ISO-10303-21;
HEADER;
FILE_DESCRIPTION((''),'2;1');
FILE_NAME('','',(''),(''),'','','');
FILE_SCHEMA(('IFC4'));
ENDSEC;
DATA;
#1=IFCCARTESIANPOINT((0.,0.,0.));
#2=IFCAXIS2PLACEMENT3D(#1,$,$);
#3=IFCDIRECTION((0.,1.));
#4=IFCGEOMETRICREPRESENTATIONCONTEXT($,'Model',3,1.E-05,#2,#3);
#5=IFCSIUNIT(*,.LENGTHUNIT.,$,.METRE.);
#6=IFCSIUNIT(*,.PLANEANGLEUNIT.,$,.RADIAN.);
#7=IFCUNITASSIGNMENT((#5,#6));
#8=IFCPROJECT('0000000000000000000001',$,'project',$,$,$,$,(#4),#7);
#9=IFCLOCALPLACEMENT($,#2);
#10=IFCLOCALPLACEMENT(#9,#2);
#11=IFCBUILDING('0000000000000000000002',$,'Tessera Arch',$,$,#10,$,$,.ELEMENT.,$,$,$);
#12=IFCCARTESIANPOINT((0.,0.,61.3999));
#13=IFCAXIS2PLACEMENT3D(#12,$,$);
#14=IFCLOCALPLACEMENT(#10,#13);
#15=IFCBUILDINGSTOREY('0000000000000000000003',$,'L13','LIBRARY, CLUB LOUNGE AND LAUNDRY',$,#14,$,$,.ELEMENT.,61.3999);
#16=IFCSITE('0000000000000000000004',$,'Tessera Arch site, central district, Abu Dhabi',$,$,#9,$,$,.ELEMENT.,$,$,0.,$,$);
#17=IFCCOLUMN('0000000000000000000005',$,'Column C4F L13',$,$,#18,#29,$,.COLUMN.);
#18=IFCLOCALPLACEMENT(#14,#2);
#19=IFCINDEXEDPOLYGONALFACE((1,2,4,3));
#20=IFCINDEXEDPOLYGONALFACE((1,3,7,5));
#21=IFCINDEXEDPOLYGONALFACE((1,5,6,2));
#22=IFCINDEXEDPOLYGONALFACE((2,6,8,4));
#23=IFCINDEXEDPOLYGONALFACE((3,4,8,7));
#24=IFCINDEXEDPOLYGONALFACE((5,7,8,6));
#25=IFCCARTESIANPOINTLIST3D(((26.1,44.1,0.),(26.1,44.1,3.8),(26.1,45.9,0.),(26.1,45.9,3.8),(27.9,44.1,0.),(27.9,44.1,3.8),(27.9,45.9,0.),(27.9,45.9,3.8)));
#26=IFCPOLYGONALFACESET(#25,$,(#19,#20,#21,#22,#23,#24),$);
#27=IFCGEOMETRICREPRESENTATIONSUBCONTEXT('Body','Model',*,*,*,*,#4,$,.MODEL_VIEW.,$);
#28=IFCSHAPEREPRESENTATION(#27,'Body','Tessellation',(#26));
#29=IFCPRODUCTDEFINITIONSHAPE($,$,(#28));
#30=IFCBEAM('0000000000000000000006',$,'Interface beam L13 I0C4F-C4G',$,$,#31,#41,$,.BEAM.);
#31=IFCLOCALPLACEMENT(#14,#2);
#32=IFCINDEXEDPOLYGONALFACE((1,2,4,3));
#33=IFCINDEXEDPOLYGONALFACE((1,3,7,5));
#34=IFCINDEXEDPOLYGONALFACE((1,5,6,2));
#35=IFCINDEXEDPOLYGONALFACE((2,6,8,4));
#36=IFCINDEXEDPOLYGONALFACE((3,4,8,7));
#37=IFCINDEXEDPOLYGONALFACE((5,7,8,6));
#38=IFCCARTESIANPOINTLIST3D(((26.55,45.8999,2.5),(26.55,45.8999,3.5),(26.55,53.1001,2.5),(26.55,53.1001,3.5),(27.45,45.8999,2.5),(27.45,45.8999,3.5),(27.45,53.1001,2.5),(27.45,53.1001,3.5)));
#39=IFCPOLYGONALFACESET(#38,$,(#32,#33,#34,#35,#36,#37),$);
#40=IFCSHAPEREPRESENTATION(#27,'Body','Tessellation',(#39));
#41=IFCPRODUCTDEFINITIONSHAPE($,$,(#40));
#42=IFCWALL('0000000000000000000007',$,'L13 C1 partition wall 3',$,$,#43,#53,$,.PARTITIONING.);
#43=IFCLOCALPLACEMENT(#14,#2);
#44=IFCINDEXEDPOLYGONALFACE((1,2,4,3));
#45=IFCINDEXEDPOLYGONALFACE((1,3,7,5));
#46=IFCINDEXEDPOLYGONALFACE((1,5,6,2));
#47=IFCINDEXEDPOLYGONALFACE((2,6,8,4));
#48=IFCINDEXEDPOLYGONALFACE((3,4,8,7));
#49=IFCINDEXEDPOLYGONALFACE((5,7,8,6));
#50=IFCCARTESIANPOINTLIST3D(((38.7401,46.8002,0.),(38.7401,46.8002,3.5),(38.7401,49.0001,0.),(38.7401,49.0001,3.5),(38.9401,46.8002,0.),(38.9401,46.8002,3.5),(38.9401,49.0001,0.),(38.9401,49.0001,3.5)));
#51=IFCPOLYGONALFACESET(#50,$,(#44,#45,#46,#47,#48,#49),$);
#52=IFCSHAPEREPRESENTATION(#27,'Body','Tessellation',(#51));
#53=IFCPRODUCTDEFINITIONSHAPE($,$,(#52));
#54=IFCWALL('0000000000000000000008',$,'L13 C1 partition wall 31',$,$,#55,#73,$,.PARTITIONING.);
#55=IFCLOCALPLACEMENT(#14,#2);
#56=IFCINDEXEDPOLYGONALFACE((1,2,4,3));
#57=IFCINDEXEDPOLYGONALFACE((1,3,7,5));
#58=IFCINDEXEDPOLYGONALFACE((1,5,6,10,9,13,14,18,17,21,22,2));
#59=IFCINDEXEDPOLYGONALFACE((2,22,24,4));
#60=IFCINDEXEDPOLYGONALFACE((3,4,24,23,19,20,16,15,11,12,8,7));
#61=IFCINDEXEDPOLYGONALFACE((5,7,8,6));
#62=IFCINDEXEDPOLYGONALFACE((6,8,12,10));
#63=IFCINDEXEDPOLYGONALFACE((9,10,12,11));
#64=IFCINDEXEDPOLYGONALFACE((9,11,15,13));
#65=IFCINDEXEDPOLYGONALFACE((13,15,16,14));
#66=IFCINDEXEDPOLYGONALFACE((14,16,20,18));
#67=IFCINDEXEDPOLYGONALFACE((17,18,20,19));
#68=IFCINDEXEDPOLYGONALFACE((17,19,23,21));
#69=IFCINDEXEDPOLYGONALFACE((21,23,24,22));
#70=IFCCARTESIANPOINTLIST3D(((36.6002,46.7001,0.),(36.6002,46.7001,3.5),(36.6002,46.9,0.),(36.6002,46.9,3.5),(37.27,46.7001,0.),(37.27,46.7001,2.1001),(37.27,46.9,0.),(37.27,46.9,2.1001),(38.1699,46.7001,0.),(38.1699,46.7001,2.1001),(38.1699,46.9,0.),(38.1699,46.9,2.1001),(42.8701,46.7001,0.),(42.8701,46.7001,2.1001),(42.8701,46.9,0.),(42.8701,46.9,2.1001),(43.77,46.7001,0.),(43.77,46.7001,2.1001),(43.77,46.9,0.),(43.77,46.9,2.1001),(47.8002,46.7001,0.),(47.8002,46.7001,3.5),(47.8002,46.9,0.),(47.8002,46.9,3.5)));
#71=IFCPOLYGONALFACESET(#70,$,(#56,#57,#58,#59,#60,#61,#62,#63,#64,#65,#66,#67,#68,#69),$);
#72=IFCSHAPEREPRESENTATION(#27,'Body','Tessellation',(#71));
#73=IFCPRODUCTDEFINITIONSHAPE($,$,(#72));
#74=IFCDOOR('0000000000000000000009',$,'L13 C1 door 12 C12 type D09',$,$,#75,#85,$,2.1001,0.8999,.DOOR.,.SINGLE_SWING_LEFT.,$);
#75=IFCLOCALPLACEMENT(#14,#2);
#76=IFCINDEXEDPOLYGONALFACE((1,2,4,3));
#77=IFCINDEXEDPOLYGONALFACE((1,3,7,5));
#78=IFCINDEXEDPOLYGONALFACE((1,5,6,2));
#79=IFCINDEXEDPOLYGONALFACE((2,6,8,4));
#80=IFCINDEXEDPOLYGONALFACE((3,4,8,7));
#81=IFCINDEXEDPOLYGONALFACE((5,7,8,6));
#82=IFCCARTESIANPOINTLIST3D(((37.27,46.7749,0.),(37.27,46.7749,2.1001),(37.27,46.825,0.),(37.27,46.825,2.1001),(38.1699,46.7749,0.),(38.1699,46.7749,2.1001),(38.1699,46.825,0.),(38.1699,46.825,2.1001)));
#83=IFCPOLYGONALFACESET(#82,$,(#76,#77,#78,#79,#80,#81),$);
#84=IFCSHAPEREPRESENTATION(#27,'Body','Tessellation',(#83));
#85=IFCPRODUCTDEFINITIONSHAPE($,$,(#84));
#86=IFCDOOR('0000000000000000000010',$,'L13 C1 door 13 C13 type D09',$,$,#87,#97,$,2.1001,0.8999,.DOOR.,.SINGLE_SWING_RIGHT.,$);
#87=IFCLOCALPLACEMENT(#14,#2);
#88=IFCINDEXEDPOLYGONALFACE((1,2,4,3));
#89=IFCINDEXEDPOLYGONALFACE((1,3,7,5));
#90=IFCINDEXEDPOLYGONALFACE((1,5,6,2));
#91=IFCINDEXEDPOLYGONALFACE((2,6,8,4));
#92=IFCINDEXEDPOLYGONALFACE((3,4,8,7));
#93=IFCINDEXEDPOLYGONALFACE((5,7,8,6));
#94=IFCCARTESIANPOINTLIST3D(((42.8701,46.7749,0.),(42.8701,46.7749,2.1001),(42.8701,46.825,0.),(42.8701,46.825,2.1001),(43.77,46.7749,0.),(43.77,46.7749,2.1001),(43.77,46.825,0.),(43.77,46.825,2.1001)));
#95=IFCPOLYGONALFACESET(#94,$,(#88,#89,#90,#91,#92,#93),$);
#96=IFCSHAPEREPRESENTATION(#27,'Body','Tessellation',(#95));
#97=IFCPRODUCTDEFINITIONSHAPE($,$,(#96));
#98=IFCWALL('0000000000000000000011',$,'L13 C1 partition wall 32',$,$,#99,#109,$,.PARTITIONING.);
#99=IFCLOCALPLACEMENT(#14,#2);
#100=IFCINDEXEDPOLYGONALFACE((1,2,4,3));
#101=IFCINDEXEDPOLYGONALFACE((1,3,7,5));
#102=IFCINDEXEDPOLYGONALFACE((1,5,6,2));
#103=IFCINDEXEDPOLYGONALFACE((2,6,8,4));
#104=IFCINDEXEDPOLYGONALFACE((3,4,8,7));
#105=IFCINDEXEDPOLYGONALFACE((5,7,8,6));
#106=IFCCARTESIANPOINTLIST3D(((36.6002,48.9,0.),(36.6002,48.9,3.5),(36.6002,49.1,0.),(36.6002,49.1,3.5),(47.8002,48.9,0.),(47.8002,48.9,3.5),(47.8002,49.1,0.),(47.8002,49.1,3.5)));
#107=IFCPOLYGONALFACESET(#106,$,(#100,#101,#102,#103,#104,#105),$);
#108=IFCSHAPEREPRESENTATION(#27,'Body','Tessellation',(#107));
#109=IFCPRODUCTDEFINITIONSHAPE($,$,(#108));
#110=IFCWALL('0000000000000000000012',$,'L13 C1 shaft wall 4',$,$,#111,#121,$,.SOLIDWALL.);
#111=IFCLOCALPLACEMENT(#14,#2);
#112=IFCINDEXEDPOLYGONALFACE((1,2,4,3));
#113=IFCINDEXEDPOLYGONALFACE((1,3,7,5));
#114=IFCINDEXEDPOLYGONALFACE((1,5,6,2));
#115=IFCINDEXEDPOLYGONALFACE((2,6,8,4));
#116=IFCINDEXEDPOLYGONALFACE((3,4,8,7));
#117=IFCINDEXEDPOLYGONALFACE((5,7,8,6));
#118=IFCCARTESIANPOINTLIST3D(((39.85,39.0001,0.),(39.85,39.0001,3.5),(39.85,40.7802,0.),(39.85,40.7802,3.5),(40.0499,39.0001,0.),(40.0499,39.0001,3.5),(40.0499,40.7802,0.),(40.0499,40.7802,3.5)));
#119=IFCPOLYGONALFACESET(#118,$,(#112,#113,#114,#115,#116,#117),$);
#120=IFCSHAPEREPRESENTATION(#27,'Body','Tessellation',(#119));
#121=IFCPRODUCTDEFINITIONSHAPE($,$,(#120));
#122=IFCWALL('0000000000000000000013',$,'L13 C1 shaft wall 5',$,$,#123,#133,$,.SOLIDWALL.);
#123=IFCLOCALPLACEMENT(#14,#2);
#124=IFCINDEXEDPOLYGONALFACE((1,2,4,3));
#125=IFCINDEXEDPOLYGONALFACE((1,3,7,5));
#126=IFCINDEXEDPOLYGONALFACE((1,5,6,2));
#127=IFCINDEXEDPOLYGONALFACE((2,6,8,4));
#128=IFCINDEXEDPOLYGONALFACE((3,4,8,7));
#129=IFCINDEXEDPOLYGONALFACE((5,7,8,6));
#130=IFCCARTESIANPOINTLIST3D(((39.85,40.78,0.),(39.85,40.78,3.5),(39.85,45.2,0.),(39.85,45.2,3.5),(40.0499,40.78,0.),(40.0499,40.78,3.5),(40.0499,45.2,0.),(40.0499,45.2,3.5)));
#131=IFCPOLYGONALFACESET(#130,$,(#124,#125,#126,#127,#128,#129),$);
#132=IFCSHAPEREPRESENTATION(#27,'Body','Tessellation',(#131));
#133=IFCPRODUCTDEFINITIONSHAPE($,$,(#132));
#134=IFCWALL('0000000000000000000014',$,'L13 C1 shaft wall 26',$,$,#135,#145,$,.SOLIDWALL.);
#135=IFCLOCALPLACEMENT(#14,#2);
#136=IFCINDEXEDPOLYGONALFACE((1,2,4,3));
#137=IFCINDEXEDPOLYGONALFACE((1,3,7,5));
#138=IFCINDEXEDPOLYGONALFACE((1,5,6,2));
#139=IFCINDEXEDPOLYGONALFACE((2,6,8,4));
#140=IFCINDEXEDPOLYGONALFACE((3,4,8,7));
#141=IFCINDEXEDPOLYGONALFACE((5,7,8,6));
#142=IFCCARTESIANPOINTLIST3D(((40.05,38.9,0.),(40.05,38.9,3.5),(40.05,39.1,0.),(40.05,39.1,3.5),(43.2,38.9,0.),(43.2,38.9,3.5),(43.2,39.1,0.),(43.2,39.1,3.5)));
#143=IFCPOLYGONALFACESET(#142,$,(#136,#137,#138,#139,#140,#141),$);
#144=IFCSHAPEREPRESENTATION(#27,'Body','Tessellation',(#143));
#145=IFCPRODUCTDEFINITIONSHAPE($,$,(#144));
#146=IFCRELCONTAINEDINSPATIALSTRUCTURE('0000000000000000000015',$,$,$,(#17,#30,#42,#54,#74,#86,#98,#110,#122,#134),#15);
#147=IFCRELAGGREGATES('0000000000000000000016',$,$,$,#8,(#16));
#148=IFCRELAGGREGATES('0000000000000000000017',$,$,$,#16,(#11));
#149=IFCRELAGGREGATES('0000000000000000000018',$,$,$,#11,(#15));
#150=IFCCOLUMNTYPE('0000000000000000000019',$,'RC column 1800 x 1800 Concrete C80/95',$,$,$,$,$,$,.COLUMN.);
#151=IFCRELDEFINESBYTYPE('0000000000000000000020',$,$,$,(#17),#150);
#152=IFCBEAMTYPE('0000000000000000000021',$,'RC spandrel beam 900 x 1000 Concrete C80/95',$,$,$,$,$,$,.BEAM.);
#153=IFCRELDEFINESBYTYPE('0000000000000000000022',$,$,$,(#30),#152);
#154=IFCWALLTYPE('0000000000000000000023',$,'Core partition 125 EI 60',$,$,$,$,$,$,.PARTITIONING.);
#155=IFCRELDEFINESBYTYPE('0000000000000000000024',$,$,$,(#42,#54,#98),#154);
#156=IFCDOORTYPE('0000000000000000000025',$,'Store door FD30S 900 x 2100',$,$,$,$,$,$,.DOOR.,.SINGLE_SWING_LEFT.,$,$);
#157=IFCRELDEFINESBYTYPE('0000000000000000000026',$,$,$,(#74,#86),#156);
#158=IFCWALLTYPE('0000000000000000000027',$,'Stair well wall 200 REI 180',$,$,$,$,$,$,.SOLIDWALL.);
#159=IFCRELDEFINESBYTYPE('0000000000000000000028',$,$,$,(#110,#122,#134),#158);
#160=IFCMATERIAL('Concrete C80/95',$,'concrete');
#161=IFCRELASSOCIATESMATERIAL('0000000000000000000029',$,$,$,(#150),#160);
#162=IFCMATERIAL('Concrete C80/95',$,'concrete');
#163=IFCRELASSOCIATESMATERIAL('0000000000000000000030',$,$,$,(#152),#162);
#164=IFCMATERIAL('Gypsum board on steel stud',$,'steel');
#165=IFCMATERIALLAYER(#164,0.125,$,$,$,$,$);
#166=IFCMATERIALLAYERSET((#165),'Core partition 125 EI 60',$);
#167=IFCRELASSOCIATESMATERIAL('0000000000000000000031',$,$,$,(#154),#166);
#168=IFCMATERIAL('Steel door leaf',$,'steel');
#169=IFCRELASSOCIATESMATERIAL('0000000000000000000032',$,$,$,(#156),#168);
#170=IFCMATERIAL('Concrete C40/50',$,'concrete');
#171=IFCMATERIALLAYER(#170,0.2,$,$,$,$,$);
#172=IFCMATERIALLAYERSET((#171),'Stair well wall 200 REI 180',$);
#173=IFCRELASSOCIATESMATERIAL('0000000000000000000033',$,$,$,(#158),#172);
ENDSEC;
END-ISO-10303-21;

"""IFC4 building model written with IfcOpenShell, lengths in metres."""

from ifc_helpers import new_model, si_unit, direction, frame, frame_2d, origin, origin_2d, place, context, subcontext, project, spatial, rectangle, extrude, material, layer, layer_set, material_profile, profile_set, type_object, element, fill, save


model = new_model("IFC4")

# Units and contexts
model_context = context("Model", 3, precision=1e-05, world=origin(), true_north=direction((0.0, 1.0)))
body_context = subcontext(model_context, "Body", "Model", "MODEL_VIEW")
ifc_project = project(units=[si_unit("LENGTHUNIT", "METRE"), si_unit("PLANEANGLEUNIT", "RADIAN")], contexts=[model_context])

# Site, building, storey
site_placement = place(None, origin())
site = spatial("IfcSite", under=ifc_project, at=site_placement, Name="Tessera Arch site, central district, Abu Dhabi", CompositionType="ELEMENT", RefElevation=0.0)
building_placement = place(site_placement, origin())
building = spatial("IfcBuilding", under=site, at=building_placement, Name="Tessera Arch", CompositionType="ELEMENT")
storey_placement = place(building_placement, frame((0.0, 0.0, 61.3999)))
storey = spatial("IfcBuildingStorey", under=building, at=storey_placement, Name="L13", Description="LIBRARY, CLUB LOUNGE AND LAUNDRY", CompositionType="ELEMENT", Elevation=61.3999)

# Column
ifc_material_1 = material(Name="Concrete C80/95", Category="concrete")
ifc_material_profile_1 = material_profile(ifc_material_1, rectangle(XDim=1.8, YDim=1.8, at=origin_2d()), Name="RC column 1800 x 1800 Concrete C80/95")
ifc_profile_set_1 = profile_set([ifc_material_profile_1], Name="Concrete C80/95")
column_type = type_object("IfcColumnType", Name="RC column 1800 x 1800 Concrete C80/95", PredefinedType="COLUMN", material=ifc_profile_set_1)
column_placement = place(storey_placement, frame((27.0, 45.0, 0.0), z_axis=(0.0, 0.0, 1.0), x_axis=(1.0, 0.0, 0.0)))
element("IfcColumn", 1, at=column_placement, inside=storey, type_object=column_type, Name="Column C4F L13", PredefinedType="COLUMN", context=body_context, shape_type="SweptSolid", body=[
    extrude(rectangle(XDim=1.8, YDim=1.8, at=origin_2d()), origin(), (0.0, 0.0, 1.0), 3.8),
])

# Beam
ifc_material_2 = material(Name="Concrete C80/95", Category="concrete")
ifc_material_profile_2 = material_profile(ifc_material_2, rectangle(XDim=0.8999, YDim=1.0, at=origin_2d()), Name="RC spandrel beam 900 x 1000 Concrete C80/95")
ifc_profile_set_2 = profile_set([ifc_material_profile_2], Name="Concrete C80/95")
beam_type = type_object("IfcBeamType", Name="RC spandrel beam 900 x 1000 Concrete C80/95", PredefinedType="BEAM", material=ifc_profile_set_2)
beam_placement = place(storey_placement, frame((27.0, 45.8999, 3.0), z_axis=(0.0, 1.0, 0.0), x_axis=(-1.0, 0.0, 0.0)))
element("IfcBeam", 2, at=beam_placement, inside=storey, type_object=beam_type, Name="Interface beam L13 I0C4F-C4G", PredefinedType="BEAM", context=body_context, shape_type="SweptSolid", body=[
    extrude(rectangle(XDim=0.8999, YDim=1.0, at=origin_2d()), origin(), (0.0, 0.0, 1.0), 7.2002),
])

# Wall
ifc_material_3 = material(Name="Gypsum board on steel stud", Category="steel")
ifc_layer_1 = layer(ifc_material_3, 0.125)
ifc_layer_set_1 = layer_set([ifc_layer_1], Name="Core partition 125 EI 60")
wall_type_1 = type_object("IfcWallType", Name="Core partition 125 EI 60", PredefinedType="PARTITIONING", material=ifc_layer_set_1)
wall_1_placement = place(storey_placement, frame((38.8401, 46.8, 0.0), z_axis=(0.0, 0.0, 1.0), x_axis=(0.0, 1.0, 0.0)))
element("IfcWall", 3, at=wall_1_placement, inside=storey, type_object=wall_type_1, Name="L13 C1 partition wall 3", PredefinedType="PARTITIONING", context=body_context, shape_type="SweptSolid", body=[
    extrude(rectangle(XDim=2.2, YDim=0.2, at=frame_2d((1.1001, 0.0))), origin(), (0.0, 0.0, 1.0), 3.5),
])

# Wall, openings, doors
wall_2_placement = place(storey_placement, frame((36.6001, 46.8, 0.0), z_axis=(0.0, 0.0, 1.0), x_axis=(1.0, 0.0, 0.0)))
wall_2 = element("IfcWall", 4, at=wall_2_placement, inside=storey, type_object=wall_type_1, Name="L13 C1 partition wall 31", PredefinedType="PARTITIONING", context=body_context, shape_type="SweptSolid", body=[
    extrude(rectangle(XDim=11.2, YDim=0.2, at=frame_2d((5.6001, 0.0))), origin(), (0.0, 0.0, 1.0), 3.5),
])
opening_1_placement = place(wall_2_placement, frame((0.6699, 0.0, 0.0)))
opening_1 = element("IfcOpeningElement", 5, at=opening_1_placement, cuts=wall_2, PredefinedType="OPENING", context=body_context, shape_type="SweptSolid", body=[
    extrude(rectangle(XDim=0.8999, YDim=2.1001, at=frame_2d((0.45, 1.05))), frame((0.0, 0.1099, 0.0), z_axis=(0.0, -1.0, 0.0), x_axis=(1.0, 0.0, 0.0)), (0.0, 0.0, 1.0), 0.22),
])
opening_2_placement = place(wall_2_placement, frame((6.27, 0.0, 0.0)))
opening_2 = element("IfcOpeningElement", 6, at=opening_2_placement, cuts=wall_2, PredefinedType="OPENING", context=body_context, shape_type="SweptSolid", body=[
    extrude(rectangle(XDim=0.8999, YDim=2.1001, at=frame_2d((0.45, 1.05))), frame((0.0, 0.1099, 0.0), z_axis=(0.0, -1.0, 0.0), x_axis=(1.0, 0.0, 0.0)), (0.0, 0.0, 1.0), 0.22),
])
ifc_material_4 = material(Name="Steel door leaf", Category="steel")
door_type_1 = type_object("IfcDoorType", Name="Store door FD30S 900 x 2100", OperationType="SINGLE_SWING_LEFT", PredefinedType="DOOR", material=ifc_material_4)
door_1_placement = place(opening_1_placement, origin())
door_1 = element("IfcDoor", 7, at=door_1_placement, inside=storey, type_object=door_type_1, Name="L13 C1 door 12 C12 type D09", OperationType="SINGLE_SWING_LEFT", OverallHeight=2.1001, OverallWidth=0.8999, PredefinedType="DOOR", context=body_context, shape_type="SweptSolid", body=[
    extrude(rectangle(XDim=0.8999, YDim=2.1001, at=frame_2d((0.45, 1.05))), frame((0.0, 0.0249, 0.0), z_axis=(0.0, -1.0, 0.0), x_axis=(1.0, 0.0, 0.0)), (0.0, 0.0, 1.0), 0.05),
])
fill(opening_1, door_1)
door_2_placement = place(opening_2_placement, origin())
door_2 = element("IfcDoor", 8, at=door_2_placement, inside=storey, type_object=door_type_1, Name="L13 C1 door 13 C13 type D09", OperationType="SINGLE_SWING_RIGHT", OverallHeight=2.1001, OverallWidth=0.8999, PredefinedType="DOOR", context=body_context, shape_type="SweptSolid", body=[
    extrude(rectangle(XDim=0.8999, YDim=2.1001, at=frame_2d((0.45, 1.05))), frame((0.0, 0.0249, 0.0), z_axis=(0.0, -1.0, 0.0), x_axis=(1.0, 0.0, 0.0)), (0.0, 0.0, 1.0), 0.05),
])
fill(opening_2, door_2)

# Walls
wall_3_placement = place(storey_placement, frame((36.6001, 49.0, 0.0), z_axis=(0.0, 0.0, 1.0), x_axis=(1.0, 0.0, 0.0)))
element("IfcWall", 9, at=wall_3_placement, inside=storey, type_object=wall_type_1, Name="L13 C1 partition wall 32", PredefinedType="PARTITIONING", context=body_context, shape_type="SweptSolid", body=[
    extrude(rectangle(XDim=11.2, YDim=0.2, at=frame_2d((5.6001, 0.0))), origin(), (0.0, 0.0, 1.0), 3.5),
])
ifc_material_5 = material(Name="Concrete C40/50", Category="concrete")
ifc_layer_2 = layer(ifc_material_5, 0.2)
ifc_layer_set_2 = layer_set([ifc_layer_2], Name="Stair well wall 200 REI 180")
wall_type_2 = type_object("IfcWallType", Name="Stair well wall 200 REI 180", PredefinedType="SOLIDWALL", material=ifc_layer_set_2)
wall_4_placement = place(storey_placement, frame((39.95, 39.0, 0.0), z_axis=(0.0, 0.0, 1.0), x_axis=(0.0, 1.0, 0.0)))
element("IfcWall", 10, at=wall_4_placement, inside=storey, type_object=wall_type_2, Name="L13 C1 shaft wall 4", PredefinedType="SOLIDWALL", context=body_context, shape_type="SweptSolid", body=[
    extrude(rectangle(XDim=1.78, YDim=0.2, at=frame_2d((0.8901, 0.0))), origin(), (0.0, 0.0, 1.0), 3.5),
])
wall_5_placement = place(storey_placement, frame((39.95, 40.78, 0.0), z_axis=(0.0, 0.0, 1.0), x_axis=(0.0, 1.0, 0.0)))
element("IfcWall", 11, at=wall_5_placement, inside=storey, type_object=wall_type_2, Name="L13 C1 shaft wall 5", PredefinedType="SOLIDWALL", context=body_context, shape_type="SweptSolid", body=[
    extrude(rectangle(XDim=4.4199, YDim=0.2, at=frame_2d((2.21, 0.0))), origin(), (0.0, 0.0, 1.0), 3.5),
])
wall_6_placement = place(storey_placement, frame((40.05, 39.0, 0.0), z_axis=(0.0, 0.0, 1.0), x_axis=(1.0, 0.0, 0.0)))
element("IfcWall", 12, at=wall_6_placement, inside=storey, type_object=wall_type_2, Name="L13 C1 shaft wall 26", PredefinedType="SOLIDWALL", context=body_context, shape_type="SweptSolid", body=[
    extrude(rectangle(XDim=3.1499, YDim=0.2, at=frame_2d((1.575, 0.0))), origin(), (0.0, 0.0, 1.0), 3.5),
])

save(model, "model.ifc")
